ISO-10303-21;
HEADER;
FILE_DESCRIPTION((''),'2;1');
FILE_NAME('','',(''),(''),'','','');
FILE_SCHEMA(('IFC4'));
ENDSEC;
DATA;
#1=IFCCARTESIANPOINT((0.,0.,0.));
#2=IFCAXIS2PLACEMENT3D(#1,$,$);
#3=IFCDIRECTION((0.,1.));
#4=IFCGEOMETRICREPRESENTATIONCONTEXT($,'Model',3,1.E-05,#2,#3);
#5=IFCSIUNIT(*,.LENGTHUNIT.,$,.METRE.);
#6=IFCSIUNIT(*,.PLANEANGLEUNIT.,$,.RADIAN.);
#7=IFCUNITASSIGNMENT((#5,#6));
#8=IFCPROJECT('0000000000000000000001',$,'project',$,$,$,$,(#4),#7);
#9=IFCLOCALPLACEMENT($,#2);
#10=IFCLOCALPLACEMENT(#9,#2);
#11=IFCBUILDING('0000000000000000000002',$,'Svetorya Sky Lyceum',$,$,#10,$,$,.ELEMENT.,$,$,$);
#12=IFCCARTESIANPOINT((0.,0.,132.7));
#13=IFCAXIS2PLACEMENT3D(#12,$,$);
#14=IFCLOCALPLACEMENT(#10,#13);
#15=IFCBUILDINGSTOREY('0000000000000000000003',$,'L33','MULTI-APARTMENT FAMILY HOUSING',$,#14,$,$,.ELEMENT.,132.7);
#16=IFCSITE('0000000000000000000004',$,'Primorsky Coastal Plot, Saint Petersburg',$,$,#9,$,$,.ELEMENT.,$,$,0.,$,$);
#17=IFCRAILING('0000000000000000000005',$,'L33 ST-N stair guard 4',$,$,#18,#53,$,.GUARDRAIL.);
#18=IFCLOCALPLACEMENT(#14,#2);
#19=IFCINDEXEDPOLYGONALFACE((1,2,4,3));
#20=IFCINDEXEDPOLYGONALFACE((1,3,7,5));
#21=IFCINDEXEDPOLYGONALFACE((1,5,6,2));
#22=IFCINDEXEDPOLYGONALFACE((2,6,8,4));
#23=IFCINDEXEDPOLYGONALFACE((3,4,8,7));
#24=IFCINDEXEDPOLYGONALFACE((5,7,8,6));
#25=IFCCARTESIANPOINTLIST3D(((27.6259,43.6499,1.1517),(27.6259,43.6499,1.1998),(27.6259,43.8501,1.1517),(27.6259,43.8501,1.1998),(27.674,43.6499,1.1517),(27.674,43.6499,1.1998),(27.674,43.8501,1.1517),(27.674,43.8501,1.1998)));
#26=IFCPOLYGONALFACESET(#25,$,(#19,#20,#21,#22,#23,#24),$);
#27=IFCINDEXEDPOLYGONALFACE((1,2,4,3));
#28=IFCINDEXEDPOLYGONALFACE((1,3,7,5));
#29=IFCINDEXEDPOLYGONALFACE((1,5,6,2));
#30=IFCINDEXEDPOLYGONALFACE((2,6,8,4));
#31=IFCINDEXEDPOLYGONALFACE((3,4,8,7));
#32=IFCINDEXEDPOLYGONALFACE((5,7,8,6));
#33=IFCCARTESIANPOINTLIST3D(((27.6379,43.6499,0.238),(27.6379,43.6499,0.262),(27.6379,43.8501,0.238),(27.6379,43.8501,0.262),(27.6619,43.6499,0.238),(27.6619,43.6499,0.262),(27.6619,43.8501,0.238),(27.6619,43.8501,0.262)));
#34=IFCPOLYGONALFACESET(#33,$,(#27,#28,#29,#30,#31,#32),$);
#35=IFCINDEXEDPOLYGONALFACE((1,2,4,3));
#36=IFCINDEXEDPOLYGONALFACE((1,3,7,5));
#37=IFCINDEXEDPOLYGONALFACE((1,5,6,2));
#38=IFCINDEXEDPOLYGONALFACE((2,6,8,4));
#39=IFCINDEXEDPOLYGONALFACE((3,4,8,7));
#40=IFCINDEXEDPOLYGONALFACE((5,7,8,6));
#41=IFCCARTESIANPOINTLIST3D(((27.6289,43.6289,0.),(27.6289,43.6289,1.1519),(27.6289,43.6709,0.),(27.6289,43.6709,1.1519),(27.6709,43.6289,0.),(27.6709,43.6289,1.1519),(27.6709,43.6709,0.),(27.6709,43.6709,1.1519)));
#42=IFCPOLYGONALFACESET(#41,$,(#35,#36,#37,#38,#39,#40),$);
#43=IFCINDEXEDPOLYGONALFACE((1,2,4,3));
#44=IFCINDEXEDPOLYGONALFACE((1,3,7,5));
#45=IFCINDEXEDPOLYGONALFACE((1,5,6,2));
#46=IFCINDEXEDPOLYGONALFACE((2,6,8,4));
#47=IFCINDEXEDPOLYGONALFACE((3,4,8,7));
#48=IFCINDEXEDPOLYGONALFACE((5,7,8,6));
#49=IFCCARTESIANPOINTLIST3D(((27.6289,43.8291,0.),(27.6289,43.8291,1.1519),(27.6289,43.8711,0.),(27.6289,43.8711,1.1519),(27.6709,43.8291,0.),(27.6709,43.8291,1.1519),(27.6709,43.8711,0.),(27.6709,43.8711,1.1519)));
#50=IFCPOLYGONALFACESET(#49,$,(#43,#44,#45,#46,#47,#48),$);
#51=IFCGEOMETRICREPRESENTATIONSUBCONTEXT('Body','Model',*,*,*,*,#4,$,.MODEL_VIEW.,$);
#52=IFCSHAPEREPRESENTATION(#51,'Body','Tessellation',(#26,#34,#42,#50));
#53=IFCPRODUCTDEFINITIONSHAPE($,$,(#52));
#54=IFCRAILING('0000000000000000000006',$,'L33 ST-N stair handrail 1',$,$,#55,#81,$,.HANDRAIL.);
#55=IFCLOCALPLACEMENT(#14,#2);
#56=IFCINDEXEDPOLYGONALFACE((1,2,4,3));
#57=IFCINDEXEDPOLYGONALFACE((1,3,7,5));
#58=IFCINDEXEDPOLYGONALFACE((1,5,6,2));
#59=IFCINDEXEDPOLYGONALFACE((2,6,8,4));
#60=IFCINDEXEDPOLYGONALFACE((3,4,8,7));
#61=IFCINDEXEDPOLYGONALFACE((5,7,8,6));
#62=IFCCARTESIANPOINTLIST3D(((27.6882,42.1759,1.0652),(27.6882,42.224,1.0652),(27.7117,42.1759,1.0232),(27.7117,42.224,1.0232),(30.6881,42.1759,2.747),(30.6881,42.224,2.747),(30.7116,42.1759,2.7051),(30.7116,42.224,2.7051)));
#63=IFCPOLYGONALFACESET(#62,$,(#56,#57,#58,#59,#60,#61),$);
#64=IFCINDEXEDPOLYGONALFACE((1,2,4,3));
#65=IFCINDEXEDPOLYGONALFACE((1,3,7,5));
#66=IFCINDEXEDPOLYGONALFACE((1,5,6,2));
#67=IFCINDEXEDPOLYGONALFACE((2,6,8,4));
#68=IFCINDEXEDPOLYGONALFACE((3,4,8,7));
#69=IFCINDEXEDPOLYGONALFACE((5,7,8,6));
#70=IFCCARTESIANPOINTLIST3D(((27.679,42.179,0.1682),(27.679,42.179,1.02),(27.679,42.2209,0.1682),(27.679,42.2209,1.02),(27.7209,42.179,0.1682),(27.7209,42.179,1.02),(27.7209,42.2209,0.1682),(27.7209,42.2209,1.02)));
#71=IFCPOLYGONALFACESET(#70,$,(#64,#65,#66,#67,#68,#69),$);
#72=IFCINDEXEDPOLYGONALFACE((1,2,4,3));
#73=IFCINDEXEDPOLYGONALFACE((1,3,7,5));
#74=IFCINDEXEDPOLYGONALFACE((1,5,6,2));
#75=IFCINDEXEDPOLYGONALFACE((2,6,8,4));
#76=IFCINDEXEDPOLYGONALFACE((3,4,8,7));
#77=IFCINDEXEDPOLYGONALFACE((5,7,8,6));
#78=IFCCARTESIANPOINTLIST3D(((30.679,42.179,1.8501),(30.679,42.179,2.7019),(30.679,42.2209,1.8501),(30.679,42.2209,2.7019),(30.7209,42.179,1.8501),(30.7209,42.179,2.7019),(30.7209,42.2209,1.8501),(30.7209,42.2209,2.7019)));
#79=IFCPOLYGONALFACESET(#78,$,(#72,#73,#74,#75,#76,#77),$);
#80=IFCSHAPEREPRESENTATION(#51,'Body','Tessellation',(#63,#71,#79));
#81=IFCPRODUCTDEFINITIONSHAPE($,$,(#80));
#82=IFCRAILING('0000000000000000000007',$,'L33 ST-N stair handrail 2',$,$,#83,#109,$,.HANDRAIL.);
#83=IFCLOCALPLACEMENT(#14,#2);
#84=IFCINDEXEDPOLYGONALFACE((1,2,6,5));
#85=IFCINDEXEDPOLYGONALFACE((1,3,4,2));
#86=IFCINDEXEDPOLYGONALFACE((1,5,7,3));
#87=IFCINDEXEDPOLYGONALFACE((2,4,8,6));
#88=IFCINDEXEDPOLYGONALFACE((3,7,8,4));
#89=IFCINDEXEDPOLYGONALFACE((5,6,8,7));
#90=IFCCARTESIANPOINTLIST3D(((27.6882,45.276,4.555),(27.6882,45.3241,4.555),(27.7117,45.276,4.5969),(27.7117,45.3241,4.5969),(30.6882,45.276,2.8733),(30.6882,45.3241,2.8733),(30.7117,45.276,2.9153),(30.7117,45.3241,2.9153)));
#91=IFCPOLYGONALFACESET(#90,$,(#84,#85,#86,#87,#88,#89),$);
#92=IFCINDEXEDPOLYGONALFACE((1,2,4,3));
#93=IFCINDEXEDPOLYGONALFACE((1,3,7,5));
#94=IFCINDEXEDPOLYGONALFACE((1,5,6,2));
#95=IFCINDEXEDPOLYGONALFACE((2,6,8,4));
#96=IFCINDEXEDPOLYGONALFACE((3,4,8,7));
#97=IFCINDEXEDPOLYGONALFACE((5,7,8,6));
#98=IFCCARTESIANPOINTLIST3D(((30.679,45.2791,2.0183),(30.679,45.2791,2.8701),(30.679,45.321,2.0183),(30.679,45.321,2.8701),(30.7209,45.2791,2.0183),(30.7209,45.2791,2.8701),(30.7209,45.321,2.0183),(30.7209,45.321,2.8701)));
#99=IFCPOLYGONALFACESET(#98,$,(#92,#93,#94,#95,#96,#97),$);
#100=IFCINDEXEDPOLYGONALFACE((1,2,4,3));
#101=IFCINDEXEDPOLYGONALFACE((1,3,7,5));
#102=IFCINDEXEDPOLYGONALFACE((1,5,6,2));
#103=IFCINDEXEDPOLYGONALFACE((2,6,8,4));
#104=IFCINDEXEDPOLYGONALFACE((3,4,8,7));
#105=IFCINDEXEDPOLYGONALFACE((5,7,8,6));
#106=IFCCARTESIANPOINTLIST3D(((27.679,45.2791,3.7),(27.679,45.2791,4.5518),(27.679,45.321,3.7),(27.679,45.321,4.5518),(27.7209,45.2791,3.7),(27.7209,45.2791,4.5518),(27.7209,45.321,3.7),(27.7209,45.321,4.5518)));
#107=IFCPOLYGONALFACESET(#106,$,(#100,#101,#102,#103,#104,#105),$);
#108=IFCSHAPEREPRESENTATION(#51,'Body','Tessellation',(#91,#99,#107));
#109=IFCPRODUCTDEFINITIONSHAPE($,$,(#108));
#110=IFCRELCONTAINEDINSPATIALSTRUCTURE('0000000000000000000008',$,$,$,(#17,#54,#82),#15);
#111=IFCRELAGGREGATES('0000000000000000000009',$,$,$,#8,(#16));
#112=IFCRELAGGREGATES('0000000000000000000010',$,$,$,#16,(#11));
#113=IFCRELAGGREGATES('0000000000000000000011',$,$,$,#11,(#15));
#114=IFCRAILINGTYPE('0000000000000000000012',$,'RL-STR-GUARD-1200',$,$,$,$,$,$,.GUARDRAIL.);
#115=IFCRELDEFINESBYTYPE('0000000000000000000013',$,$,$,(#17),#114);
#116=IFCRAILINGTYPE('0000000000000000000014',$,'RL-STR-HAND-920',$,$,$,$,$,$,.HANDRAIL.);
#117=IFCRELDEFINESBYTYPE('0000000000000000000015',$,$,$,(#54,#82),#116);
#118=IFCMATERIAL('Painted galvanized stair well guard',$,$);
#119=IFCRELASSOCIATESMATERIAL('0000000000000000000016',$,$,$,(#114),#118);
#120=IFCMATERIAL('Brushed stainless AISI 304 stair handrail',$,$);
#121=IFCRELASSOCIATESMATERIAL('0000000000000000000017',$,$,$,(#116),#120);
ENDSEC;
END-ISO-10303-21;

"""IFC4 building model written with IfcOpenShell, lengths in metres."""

from ifc_helpers import new_model, si_unit, direction, frame, origin, origin_2d, place, context, subcontext, project, spatial, rectangle, extrude, material, type_object, element, save


model = new_model("IFC4")

# Units and contexts
model_context = context("Model", 3, precision=1e-05, world=origin(), true_north=direction((0.0, 1.0)))
body_context = subcontext(model_context, "Body", "Model", "MODEL_VIEW")
ifc_project = project(units=[si_unit("LENGTHUNIT", "METRE"), si_unit("PLANEANGLEUNIT", "RADIAN")], contexts=[model_context])

# Site, building, storey
site_placement = place(None, origin())
site = spatial("IfcSite", under=ifc_project, at=site_placement, Name="Primorsky Coastal Plot, Saint Petersburg", CompositionType="ELEMENT", RefElevation=0.0)
building_placement = place(site_placement, origin())
building = spatial("IfcBuilding", under=site, at=building_placement, Name="Svetorya Sky Lyceum", CompositionType="ELEMENT")
storey_placement = place(building_placement, frame((0.0, 0.0, 132.7)))
storey = spatial("IfcBuildingStorey", under=building, at=storey_placement, Name="L33", Description="MULTI-APARTMENT FAMILY HOUSING", CompositionType="ELEMENT", Elevation=132.7)

# Railings
ifc_material_1 = material(Name="Painted galvanized stair well guard")
railing_type_1 = type_object("IfcRailingType", Name="RL-STR-GUARD-1200", PredefinedType="GUARDRAIL", material=ifc_material_1)
railing_1_placement = place(storey_placement, frame((27.6499, 43.6499, 0.0)))
element("IfcRailing", 1, at=railing_1_placement, inside=storey, type_object=railing_type_1, Name="L33 ST-N stair guard 4", PredefinedType="GUARDRAIL", context=body_context, shape_type="SweptSolid", body=[
    extrude(rectangle(XDim=0.0481, YDim=0.0481, at=origin_2d()), frame((0.0, 0.0, 1.1758), z_axis=(0.0, 1.0, 0.0), x_axis=(-1.0, 0.0, 0.0)), (0.0, 0.0, 1.0), 0.2002),
    extrude(rectangle(XDim=0.0239, YDim=0.0239, at=origin_2d()), frame((0.0, 0.0, 0.25), z_axis=(0.0, 1.0, 0.0), x_axis=(-1.0, 0.0, 0.0)), (0.0, 0.0, 1.0), 0.2002),
    extrude(rectangle(XDim=0.042, YDim=0.042, at=origin_2d()), origin(), (0.0, 0.0, 1.0), 1.1519),
    extrude(rectangle(XDim=0.042, YDim=0.042, at=origin_2d()), frame((0.0, 0.2002, 0.0)), (0.0, 0.0, 1.0), 1.1519),
])
ifc_material_2 = material(Name="Brushed stainless AISI 304 stair handrail")
railing_type_2 = type_object("IfcRailingType", Name="RL-STR-HAND-920", PredefinedType="HANDRAIL", material=ifc_material_2)
railing_2_placement = place(storey_placement, frame((27.7, 42.2, 0.1682)))
element("IfcRailing", 2, at=railing_2_placement, inside=storey, type_object=railing_type_2, Name="L33 ST-N stair handrail 1", PredefinedType="HANDRAIL", context=body_context, shape_type="SweptSolid", body=[
    extrude(rectangle(XDim=0.0481, YDim=0.0481, at=origin_2d()), frame((0.0, 0.0, 0.876), z_axis=(0.872272, 0.0, 0.48902), x_axis=(0.0, 1.0, 0.0)), (0.0, 0.0, 1.0), 3.4392),
    extrude(rectangle(XDim=0.042, YDim=0.042, at=origin_2d()), origin(), (0.0, 0.0, 1.0), 0.8518),
    extrude(rectangle(XDim=0.042, YDim=0.042, at=origin_2d()), frame((3.0, 0.0, 1.6819)), (0.0, 0.0, 1.0), 0.8518),
])
railing_3_placement = place(storey_placement, frame((30.7, 45.3, 2.0183)))
element("IfcRailing", 3, at=railing_3_placement, inside=storey, type_object=railing_type_2, Name="L33 ST-N stair handrail 2", PredefinedType="HANDRAIL", context=body_context, shape_type="SweptSolid", body=[
    extrude(rectangle(XDim=0.0481, YDim=0.0481, at=origin_2d()), frame((0.0, 0.0, 0.876), z_axis=(-0.872303, 0.0, 0.488966), x_axis=(0.0, -1.0, 0.0)), (0.0, 0.0, 1.0), 3.4392),
    extrude(rectangle(XDim=0.042, YDim=0.042, at=origin_2d()), origin(), (0.0, 0.0, 1.0), 0.8518),
    extrude(rectangle(XDim=0.042, YDim=0.042, at=origin_2d()), frame((-3.0, 0.0, 1.6816)), (0.0, 0.0, 1.0), 0.8518),
])

save(model, "model.ifc")
